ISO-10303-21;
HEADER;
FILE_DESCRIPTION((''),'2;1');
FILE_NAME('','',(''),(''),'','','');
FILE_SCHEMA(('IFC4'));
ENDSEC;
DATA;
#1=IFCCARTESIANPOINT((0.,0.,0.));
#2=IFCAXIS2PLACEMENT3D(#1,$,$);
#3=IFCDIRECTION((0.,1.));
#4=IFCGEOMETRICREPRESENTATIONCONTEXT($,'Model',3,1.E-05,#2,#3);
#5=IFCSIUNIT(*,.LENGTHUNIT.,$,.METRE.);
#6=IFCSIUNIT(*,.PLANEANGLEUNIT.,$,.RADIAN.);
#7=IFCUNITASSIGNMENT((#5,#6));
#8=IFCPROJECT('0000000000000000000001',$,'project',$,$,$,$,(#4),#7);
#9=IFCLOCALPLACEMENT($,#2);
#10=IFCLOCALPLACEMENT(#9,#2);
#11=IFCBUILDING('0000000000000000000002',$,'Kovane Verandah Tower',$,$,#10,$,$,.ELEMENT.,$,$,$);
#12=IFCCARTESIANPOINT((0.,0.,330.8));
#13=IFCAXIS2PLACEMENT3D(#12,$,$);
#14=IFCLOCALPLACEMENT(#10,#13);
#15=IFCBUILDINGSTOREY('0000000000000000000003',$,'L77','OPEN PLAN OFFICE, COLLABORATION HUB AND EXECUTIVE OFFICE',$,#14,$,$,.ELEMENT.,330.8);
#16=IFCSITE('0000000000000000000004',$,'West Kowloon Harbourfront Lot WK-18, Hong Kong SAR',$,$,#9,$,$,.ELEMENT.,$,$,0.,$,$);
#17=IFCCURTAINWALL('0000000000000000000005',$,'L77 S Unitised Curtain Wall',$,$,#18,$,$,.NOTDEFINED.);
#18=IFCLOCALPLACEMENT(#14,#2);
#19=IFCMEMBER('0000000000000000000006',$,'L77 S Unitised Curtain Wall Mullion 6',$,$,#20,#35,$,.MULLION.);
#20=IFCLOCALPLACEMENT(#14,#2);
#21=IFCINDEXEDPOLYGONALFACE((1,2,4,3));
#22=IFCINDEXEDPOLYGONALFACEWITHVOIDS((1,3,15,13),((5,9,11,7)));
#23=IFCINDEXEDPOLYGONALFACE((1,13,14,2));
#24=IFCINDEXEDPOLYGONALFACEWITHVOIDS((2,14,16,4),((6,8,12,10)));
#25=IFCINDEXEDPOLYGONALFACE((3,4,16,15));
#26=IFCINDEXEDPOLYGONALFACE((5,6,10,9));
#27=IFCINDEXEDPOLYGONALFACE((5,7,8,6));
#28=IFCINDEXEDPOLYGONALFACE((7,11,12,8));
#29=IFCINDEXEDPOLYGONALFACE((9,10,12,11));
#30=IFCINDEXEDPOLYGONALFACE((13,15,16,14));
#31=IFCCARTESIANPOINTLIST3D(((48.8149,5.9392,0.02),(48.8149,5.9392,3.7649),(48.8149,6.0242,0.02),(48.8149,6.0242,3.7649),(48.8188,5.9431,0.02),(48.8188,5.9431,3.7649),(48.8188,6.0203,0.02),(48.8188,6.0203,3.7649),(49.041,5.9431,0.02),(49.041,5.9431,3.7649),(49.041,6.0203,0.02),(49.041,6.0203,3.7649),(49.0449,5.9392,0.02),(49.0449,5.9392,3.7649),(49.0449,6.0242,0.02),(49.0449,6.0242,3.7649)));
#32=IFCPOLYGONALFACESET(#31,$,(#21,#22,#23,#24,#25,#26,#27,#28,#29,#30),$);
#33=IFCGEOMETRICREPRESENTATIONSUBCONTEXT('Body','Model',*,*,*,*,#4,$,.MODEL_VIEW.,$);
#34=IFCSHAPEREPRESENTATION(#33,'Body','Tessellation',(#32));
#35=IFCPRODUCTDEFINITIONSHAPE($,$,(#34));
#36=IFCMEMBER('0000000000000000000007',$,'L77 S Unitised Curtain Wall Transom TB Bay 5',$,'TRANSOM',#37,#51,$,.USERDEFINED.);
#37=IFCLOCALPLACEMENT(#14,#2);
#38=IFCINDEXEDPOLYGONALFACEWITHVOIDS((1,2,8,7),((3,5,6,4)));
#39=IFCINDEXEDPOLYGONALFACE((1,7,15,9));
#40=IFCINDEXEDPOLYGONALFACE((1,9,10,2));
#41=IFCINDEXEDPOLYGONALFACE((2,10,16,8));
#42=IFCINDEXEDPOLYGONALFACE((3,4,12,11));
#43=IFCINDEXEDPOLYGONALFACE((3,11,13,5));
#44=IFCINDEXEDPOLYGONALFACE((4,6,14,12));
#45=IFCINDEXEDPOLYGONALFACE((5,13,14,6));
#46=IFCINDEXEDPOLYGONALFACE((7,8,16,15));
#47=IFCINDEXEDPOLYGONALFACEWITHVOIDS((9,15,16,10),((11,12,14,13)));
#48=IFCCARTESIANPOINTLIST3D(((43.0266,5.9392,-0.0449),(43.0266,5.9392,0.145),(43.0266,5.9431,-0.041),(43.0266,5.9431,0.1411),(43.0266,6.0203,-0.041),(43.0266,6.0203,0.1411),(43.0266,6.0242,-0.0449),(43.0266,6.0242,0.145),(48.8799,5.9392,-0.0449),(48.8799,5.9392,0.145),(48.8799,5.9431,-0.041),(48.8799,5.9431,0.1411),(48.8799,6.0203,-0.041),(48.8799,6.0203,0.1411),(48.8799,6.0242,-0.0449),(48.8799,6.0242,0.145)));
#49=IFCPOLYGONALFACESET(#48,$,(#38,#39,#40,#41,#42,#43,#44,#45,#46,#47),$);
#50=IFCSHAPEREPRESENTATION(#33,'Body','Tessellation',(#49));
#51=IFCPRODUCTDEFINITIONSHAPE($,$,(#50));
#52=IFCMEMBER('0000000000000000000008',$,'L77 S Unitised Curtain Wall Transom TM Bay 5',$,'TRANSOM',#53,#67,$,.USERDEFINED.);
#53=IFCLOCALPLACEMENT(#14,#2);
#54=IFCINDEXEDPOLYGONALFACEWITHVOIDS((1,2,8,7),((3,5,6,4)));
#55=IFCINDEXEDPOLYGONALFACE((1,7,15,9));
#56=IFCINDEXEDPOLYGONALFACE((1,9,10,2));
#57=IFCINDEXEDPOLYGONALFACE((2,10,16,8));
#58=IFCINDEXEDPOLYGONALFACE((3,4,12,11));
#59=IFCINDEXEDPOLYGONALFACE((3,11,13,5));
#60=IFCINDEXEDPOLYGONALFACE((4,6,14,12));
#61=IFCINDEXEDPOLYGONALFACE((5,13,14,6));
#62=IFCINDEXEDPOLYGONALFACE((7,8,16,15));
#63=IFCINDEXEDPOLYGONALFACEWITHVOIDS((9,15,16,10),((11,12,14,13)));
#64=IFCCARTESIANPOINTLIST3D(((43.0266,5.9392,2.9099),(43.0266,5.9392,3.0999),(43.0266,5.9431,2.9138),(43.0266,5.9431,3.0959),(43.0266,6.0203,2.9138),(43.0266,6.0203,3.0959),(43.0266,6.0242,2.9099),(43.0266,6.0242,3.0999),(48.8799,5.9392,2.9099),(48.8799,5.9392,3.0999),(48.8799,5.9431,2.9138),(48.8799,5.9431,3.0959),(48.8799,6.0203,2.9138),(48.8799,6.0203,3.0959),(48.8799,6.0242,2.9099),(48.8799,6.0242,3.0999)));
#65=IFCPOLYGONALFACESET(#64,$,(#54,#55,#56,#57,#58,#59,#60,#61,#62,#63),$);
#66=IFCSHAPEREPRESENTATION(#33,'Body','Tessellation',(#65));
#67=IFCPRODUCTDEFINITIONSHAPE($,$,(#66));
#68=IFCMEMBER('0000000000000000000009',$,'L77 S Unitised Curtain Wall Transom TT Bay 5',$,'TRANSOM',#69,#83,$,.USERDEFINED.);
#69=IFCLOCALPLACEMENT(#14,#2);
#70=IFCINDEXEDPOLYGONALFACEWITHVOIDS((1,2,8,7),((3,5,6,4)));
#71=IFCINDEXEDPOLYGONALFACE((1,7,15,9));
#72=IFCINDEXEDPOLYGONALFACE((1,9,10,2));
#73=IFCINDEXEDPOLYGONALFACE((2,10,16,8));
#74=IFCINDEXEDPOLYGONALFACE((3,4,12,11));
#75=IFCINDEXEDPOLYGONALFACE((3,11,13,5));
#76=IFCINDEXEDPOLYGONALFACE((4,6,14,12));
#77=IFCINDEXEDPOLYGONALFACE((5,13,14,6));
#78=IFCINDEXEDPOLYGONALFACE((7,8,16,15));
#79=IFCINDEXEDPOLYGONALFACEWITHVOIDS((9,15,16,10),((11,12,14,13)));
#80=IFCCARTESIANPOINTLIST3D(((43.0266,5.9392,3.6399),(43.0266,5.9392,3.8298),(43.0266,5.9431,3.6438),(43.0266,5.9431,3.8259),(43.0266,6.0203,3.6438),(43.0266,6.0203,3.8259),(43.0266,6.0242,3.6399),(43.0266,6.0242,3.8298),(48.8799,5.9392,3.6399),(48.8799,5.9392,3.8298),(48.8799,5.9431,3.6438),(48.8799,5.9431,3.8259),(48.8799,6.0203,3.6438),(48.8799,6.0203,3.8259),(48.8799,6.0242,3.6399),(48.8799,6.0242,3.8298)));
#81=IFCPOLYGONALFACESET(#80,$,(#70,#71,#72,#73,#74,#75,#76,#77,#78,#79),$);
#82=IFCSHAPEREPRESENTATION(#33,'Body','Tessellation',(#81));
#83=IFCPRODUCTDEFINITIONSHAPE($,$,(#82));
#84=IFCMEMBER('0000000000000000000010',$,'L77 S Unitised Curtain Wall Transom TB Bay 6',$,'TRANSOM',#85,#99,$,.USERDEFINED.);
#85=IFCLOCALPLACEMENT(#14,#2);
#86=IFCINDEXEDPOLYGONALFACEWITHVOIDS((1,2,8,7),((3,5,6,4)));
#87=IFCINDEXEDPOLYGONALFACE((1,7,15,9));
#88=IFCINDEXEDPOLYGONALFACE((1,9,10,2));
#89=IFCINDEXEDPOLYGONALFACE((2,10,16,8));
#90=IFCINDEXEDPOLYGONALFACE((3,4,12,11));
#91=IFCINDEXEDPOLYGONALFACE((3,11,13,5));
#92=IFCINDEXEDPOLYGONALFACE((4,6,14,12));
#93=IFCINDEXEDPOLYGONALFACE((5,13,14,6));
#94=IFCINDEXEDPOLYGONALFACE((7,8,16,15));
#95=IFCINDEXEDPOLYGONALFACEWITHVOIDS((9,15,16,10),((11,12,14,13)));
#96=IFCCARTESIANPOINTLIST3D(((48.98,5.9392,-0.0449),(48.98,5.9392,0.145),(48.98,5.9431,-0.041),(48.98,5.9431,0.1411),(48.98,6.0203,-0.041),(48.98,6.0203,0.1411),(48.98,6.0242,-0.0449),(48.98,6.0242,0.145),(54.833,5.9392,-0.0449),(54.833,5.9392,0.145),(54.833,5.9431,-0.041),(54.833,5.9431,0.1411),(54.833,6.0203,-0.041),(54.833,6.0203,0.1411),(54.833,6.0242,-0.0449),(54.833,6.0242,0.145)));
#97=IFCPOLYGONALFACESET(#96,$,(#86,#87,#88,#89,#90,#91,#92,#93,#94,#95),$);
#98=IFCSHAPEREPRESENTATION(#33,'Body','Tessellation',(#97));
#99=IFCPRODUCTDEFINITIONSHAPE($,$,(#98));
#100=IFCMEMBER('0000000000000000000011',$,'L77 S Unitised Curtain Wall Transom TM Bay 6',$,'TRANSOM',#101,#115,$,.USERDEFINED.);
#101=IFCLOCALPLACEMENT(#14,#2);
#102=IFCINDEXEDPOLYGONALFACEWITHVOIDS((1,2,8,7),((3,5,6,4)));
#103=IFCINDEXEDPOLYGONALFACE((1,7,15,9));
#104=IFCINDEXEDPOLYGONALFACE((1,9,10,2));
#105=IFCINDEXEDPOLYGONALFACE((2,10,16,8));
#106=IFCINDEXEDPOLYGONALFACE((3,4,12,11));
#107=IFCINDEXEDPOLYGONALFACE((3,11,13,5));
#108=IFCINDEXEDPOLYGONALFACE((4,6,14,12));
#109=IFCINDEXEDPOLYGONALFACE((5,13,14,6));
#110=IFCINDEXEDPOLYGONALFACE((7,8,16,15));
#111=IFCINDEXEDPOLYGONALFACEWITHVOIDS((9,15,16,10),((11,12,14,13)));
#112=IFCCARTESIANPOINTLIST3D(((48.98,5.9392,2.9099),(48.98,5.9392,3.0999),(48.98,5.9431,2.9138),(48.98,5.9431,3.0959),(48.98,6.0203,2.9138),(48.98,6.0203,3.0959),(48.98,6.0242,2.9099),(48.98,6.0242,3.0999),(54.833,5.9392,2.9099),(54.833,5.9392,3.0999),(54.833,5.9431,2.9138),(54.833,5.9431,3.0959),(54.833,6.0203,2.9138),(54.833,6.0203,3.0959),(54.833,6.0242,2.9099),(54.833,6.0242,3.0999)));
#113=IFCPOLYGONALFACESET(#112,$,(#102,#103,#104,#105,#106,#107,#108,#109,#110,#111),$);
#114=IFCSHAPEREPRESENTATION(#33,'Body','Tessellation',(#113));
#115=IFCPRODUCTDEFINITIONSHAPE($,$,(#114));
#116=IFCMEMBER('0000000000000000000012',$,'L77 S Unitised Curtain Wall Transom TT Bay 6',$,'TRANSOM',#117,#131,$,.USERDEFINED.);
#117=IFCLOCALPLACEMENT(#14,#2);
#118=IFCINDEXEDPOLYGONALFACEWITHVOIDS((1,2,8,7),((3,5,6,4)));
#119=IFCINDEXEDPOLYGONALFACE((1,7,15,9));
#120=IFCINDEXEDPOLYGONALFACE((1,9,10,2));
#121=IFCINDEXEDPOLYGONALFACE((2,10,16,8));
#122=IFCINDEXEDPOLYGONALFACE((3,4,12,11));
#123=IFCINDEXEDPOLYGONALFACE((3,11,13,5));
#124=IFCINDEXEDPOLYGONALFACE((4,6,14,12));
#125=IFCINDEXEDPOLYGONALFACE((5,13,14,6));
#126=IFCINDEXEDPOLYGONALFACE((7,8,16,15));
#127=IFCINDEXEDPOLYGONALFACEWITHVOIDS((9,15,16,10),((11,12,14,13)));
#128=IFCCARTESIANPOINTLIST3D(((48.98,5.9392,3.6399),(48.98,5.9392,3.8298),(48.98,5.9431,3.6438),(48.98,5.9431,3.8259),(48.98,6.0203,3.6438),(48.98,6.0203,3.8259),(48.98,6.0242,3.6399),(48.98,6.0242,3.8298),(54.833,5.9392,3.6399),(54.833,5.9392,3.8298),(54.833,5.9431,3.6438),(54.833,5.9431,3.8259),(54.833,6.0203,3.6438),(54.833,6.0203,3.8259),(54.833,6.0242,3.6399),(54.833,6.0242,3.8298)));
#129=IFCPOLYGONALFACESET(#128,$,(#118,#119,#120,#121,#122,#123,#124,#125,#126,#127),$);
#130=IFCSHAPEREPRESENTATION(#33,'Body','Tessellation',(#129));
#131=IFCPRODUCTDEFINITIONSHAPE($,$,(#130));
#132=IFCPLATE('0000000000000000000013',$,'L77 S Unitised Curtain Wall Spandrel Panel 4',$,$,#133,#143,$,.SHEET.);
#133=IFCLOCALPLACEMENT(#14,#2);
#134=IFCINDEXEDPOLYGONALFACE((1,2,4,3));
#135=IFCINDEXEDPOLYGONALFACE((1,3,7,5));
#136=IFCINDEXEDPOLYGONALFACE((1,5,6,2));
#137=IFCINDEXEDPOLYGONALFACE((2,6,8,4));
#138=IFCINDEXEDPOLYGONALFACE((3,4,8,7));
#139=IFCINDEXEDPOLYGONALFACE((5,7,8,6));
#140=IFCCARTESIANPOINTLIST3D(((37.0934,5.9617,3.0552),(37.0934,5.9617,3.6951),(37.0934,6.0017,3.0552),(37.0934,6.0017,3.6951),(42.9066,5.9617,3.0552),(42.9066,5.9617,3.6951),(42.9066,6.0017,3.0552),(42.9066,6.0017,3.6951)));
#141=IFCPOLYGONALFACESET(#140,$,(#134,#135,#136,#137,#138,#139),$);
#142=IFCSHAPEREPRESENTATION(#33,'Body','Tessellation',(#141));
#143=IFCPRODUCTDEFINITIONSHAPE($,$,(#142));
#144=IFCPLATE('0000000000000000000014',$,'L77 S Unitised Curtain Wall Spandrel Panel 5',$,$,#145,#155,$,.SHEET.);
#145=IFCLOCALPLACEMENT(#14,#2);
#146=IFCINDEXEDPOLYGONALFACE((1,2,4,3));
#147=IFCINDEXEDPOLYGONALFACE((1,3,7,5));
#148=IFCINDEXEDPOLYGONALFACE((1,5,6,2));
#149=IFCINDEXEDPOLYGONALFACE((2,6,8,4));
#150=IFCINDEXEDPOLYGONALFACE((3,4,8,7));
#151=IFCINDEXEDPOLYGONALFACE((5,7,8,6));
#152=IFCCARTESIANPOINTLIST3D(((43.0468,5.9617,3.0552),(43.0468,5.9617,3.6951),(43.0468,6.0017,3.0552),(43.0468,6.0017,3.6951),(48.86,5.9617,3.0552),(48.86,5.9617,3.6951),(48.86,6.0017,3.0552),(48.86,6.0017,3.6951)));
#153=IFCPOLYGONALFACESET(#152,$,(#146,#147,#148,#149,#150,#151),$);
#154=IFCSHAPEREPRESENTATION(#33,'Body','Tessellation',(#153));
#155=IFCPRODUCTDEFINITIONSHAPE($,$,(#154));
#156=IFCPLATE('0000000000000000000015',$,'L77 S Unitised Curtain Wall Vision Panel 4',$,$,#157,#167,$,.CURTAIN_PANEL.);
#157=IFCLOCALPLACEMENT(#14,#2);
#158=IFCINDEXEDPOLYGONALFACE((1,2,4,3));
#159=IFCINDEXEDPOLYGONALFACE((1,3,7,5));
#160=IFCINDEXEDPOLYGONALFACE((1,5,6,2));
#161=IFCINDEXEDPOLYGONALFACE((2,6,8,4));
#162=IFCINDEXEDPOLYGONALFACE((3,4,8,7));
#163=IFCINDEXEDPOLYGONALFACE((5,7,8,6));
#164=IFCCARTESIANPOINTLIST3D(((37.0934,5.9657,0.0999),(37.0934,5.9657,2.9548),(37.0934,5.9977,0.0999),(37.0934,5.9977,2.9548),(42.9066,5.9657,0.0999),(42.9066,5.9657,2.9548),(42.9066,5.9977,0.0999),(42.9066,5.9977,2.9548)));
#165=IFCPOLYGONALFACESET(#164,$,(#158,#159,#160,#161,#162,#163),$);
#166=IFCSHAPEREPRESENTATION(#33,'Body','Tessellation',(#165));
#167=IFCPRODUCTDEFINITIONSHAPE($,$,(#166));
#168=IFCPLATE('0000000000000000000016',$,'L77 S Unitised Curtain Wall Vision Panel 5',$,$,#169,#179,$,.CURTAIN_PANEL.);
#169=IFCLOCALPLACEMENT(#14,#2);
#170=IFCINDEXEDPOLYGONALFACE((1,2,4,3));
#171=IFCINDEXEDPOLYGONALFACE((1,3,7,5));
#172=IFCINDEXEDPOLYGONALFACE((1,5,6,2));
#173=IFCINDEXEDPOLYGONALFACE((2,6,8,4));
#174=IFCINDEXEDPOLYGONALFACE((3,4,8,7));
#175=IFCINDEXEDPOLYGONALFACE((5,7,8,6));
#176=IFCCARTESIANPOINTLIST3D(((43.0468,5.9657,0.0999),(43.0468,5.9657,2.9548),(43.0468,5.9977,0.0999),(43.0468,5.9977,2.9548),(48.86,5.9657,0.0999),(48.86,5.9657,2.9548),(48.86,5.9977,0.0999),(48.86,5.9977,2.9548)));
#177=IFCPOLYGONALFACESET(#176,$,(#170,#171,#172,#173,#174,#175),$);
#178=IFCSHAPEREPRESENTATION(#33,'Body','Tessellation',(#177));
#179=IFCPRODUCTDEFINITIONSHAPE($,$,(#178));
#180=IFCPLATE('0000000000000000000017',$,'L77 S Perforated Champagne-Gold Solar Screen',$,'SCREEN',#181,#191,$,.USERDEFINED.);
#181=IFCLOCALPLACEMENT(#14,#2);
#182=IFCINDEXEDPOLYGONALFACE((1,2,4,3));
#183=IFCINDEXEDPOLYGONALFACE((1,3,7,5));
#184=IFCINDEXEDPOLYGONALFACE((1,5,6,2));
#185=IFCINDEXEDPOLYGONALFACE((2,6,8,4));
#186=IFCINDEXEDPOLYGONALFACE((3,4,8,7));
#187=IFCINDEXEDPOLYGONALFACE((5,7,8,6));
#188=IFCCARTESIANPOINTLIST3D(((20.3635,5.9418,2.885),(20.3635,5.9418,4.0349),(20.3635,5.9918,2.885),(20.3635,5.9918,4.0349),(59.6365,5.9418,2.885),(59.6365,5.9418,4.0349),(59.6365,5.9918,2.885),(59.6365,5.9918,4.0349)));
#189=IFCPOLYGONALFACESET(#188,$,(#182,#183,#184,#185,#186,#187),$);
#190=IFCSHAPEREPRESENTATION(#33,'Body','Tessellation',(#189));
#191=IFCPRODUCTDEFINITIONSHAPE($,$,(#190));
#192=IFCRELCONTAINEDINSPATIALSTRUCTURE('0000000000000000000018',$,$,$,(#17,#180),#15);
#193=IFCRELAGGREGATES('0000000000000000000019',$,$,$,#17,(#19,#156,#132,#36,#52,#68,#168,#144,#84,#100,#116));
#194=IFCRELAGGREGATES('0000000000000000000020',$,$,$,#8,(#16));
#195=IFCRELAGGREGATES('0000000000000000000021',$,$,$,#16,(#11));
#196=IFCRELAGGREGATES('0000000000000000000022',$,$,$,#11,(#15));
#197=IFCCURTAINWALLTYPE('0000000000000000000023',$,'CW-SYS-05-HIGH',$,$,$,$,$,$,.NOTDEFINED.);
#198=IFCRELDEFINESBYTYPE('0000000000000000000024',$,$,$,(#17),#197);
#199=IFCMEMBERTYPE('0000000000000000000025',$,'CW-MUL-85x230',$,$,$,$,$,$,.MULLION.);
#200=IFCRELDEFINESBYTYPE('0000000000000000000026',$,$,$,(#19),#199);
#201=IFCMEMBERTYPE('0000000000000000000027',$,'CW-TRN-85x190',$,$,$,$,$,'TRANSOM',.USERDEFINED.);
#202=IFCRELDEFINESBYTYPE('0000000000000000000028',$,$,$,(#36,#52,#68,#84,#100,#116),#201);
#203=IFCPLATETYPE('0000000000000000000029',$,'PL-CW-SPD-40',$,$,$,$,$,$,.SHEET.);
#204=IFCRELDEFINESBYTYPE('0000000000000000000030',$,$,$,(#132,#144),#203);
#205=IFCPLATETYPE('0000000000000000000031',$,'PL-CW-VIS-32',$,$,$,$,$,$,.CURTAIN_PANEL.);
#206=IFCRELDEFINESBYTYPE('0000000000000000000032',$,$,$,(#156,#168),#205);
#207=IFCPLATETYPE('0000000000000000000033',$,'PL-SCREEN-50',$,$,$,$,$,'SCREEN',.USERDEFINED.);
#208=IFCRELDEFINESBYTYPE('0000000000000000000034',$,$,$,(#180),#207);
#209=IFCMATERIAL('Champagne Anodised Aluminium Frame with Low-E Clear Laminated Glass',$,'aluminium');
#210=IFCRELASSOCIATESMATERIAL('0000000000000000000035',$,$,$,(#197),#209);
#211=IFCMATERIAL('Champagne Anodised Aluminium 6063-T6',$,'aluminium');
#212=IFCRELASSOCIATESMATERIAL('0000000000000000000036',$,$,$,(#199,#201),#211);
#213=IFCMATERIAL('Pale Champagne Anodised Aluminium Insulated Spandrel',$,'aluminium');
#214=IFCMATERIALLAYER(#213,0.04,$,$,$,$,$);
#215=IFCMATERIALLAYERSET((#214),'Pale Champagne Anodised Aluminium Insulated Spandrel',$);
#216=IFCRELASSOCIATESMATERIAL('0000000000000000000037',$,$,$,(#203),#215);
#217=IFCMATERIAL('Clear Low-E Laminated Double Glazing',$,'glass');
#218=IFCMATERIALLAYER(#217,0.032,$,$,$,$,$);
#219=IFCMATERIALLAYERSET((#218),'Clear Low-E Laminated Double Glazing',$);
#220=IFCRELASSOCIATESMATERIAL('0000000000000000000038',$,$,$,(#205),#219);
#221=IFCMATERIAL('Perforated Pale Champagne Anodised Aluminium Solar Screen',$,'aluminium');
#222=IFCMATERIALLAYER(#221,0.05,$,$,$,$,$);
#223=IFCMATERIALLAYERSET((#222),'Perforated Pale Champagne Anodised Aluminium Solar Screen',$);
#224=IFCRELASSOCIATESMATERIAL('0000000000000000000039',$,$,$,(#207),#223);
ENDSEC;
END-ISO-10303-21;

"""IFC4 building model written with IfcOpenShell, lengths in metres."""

from ifc_helpers import new_model, si_unit, direction, frame, origin, origin_2d, place, context, subcontext, project, spatial, rectangle, hollow_rectangle, extrude, material, layer, layer_set, material_profile, profile_set, type_object, element, aggregate, save


model = new_model("IFC4")

# Units and contexts
model_context = context("Model", 3, precision=1e-05, world=origin(), true_north=direction((0.0, 1.0)))
body_context = subcontext(model_context, "Body", "Model", "MODEL_VIEW")
ifc_project = project(units=[si_unit("LENGTHUNIT", "METRE"), si_unit("PLANEANGLEUNIT", "RADIAN")], contexts=[model_context])

# Site, building, storey
site_placement = place(None, origin())
site = spatial("IfcSite", under=ifc_project, at=site_placement, Name="West Kowloon Harbourfront Lot WK-18, Hong Kong SAR", CompositionType="ELEMENT", RefElevation=0.0)
building_placement = place(site_placement, origin())
building = spatial("IfcBuilding", under=site, at=building_placement, Name="Kovane Verandah Tower", CompositionType="ELEMENT")
storey_placement = place(building_placement, frame((0.0, 0.0, 330.8)))
storey = spatial("IfcBuildingStorey", under=building, at=storey_placement, Name="L77", Description="OPEN PLAN OFFICE, COLLABORATION HUB AND EXECUTIVE OFFICE", CompositionType="ELEMENT", Elevation=330.8)

# Curtain wall, members, plates
ifc_material_1 = material(Name="Champagne Anodised Aluminium Frame with Low-E Clear Laminated Glass", Category="aluminium")
curtain_wall_type = type_object("IfcCurtainWallType", Name="CW-SYS-05-HIGH", PredefinedType="NOTDEFINED", material=ifc_material_1)
curtain_wall_placement = place(storey_placement, origin())
curtain_wall = element("IfcCurtainWall", 1, at=curtain_wall_placement, inside=storey, type_object=curtain_wall_type, Name="L77 S Unitised Curtain Wall", PredefinedType="NOTDEFINED")
ifc_material_2 = material(Name="Champagne Anodised Aluminium 6063-T6", Category="aluminium")
ifc_material_profile_1 = material_profile(ifc_material_2, hollow_rectangle(XDim=0.085, YDim=0.23, WallThickness=0.0039, at=origin_2d()), Name="AL85x230x4")
ifc_profile_set_1 = profile_set([ifc_material_profile_1], Name="Champagne Anodised Aluminium 6063-T6")
member_type_1 = type_object("IfcMemberType", Name="CW-MUL-85x230", PredefinedType="MULLION", material=ifc_profile_set_1)
member_1_placement = place(storey_placement, frame((48.9299, 5.9817, 0.02), z_axis=(0.0, 0.0, 1.0), x_axis=(0.0, -1.0, 0.0)))
member_1 = element("IfcMember", 2, at=member_1_placement, type_object=member_type_1, Name="L77 S Unitised Curtain Wall Mullion 6", PredefinedType="MULLION", context=body_context, shape_type="SweptSolid", body=[
    extrude(hollow_rectangle(XDim=0.085, YDim=0.23, WallThickness=0.0039, at=origin_2d()), origin(), (0.0, 0.0, 1.0), 3.7449),
])
ifc_material_profile_2 = material_profile(ifc_material_2, hollow_rectangle(XDim=0.085, YDim=0.1899, WallThickness=0.0039, at=origin_2d()), Name="AL85x190x4")
ifc_profile_set_2 = profile_set([ifc_material_profile_2], Name="Champagne Anodised Aluminium 6063-T6")
member_type_2 = type_object("IfcMemberType", Name="CW-TRN-85x190", ElementType="TRANSOM", PredefinedType="USERDEFINED", material=ifc_profile_set_2)
member_2_placement = place(storey_placement, frame((43.0266, 5.9817, 0.05), z_axis=(1.0, 0.0, 0.0), x_axis=(0.0, 1.0, 0.0)))
member_2 = element("IfcMember", 3, at=member_2_placement, type_object=member_type_2, Name="L77 S Unitised Curtain Wall Transom TB Bay 5", ObjectType="TRANSOM", PredefinedType="USERDEFINED", context=body_context, shape_type="SweptSolid", body=[
    extrude(hollow_rectangle(XDim=0.085, YDim=0.1899, WallThickness=0.0039, at=origin_2d()), origin(), (0.0, 0.0, 1.0), 5.8533),
])
member_3_placement = place(storey_placement, frame((43.0266, 5.9817, 3.0049), z_axis=(1.0, 0.0, 0.0), x_axis=(0.0, 1.0, 0.0)))
member_3 = element("IfcMember", 4, at=member_3_placement, type_object=member_type_2, Name="L77 S Unitised Curtain Wall Transom TM Bay 5", ObjectType="TRANSOM", PredefinedType="USERDEFINED", context=body_context, shape_type="SweptSolid", body=[
    extrude(hollow_rectangle(XDim=0.085, YDim=0.1899, WallThickness=0.0039, at=origin_2d()), origin(), (0.0, 0.0, 1.0), 5.8533),
])
member_4_placement = place(storey_placement, frame((43.0266, 5.9817, 3.7349), z_axis=(1.0, 0.0, 0.0), x_axis=(0.0, 1.0, 0.0)))
member_4 = element("IfcMember", 5, at=member_4_placement, type_object=member_type_2, Name="L77 S Unitised Curtain Wall Transom TT Bay 5", ObjectType="TRANSOM", PredefinedType="USERDEFINED", context=body_context, shape_type="SweptSolid", body=[
    extrude(hollow_rectangle(XDim=0.085, YDim=0.1899, WallThickness=0.0039, at=origin_2d()), origin(), (0.0, 0.0, 1.0), 5.8533),
])
member_5_placement = place(storey_placement, frame((48.98, 5.9817, 0.05), z_axis=(1.0, 0.0, 0.0), x_axis=(0.0, 1.0, 0.0)))
member_5 = element("IfcMember", 6, at=member_5_placement, type_object=member_type_2, Name="L77 S Unitised Curtain Wall Transom TB Bay 6", ObjectType="TRANSOM", PredefinedType="USERDEFINED", context=body_context, shape_type="SweptSolid", body=[
    extrude(hollow_rectangle(XDim=0.085, YDim=0.1899, WallThickness=0.0039, at=origin_2d()), origin(), (0.0, 0.0, 1.0), 5.853),
])
member_6_placement = place(storey_placement, frame((48.98, 5.9817, 3.0049), z_axis=(1.0, 0.0, 0.0), x_axis=(0.0, 1.0, 0.0)))
member_6 = element("IfcMember", 7, at=member_6_placement, type_object=member_type_2, Name="L77 S Unitised Curtain Wall Transom TM Bay 6", ObjectType="TRANSOM", PredefinedType="USERDEFINED", context=body_context, shape_type="SweptSolid", body=[
    extrude(hollow_rectangle(XDim=0.085, YDim=0.1899, WallThickness=0.0039, at=origin_2d()), origin(), (0.0, 0.0, 1.0), 5.853),
])
member_7_placement = place(storey_placement, frame((48.98, 5.9817, 3.7349), z_axis=(1.0, 0.0, 0.0), x_axis=(0.0, 1.0, 0.0)))
member_7 = element("IfcMember", 8, at=member_7_placement, type_object=member_type_2, Name="L77 S Unitised Curtain Wall Transom TT Bay 6", ObjectType="TRANSOM", PredefinedType="USERDEFINED", context=body_context, shape_type="SweptSolid", body=[
    extrude(hollow_rectangle(XDim=0.085, YDim=0.1899, WallThickness=0.0039, at=origin_2d()), origin(), (0.0, 0.0, 1.0), 5.853),
])
ifc_material_3 = material(Name="Pale Champagne Anodised Aluminium Insulated Spandrel", Category="aluminium")
ifc_layer_1 = layer(ifc_material_3, 0.04)
ifc_layer_set_1 = layer_set([ifc_layer_1], Name="Pale Champagne Anodised Aluminium Insulated Spandrel")
plate_type_1 = type_object("IfcPlateType", Name="PL-CW-SPD-40", PredefinedType="SHEET", material=ifc_layer_set_1)
plate_1_placement = place(storey_placement, frame((40.0, 5.9817, 3.0552), z_axis=(0.0, 0.0, 1.0), x_axis=(1.0, 0.0, 0.0)))
plate_1 = element("IfcPlate", 9, at=plate_1_placement, type_object=plate_type_1, Name="L77 S Unitised Curtain Wall Spandrel Panel 4", PredefinedType="SHEET", context=body_context, shape_type="SweptSolid", body=[
    extrude(rectangle(XDim=5.8132, YDim=0.04, at=origin_2d()), origin(), (0.0, 0.0, 1.0), 0.6399),
])
plate_2_placement = place(storey_placement, frame((45.9534, 5.9817, 3.0552), z_axis=(0.0, 0.0, 1.0), x_axis=(1.0, 0.0, 0.0)))
plate_2 = element("IfcPlate", 10, at=plate_2_placement, type_object=plate_type_1, Name="L77 S Unitised Curtain Wall Spandrel Panel 5", PredefinedType="SHEET", context=body_context, shape_type="SweptSolid", body=[
    extrude(rectangle(XDim=5.8132, YDim=0.04, at=origin_2d()), origin(), (0.0, 0.0, 1.0), 0.6399),
])
ifc_material_4 = material(Name="Clear Low-E Laminated Double Glazing", Category="glass")
ifc_layer_2 = layer(ifc_material_4, 0.032)
ifc_layer_set_2 = layer_set([ifc_layer_2], Name="Clear Low-E Laminated Double Glazing")
plate_type_2 = type_object("IfcPlateType", Name="PL-CW-VIS-32", PredefinedType="CURTAIN_PANEL", material=ifc_layer_set_2)
plate_3_placement = place(storey_placement, frame((40.0, 5.9817, 0.0999), z_axis=(0.0, 0.0, 1.0), x_axis=(1.0, 0.0, 0.0)))
plate_3 = element("IfcPlate", 11, at=plate_3_placement, type_object=plate_type_2, Name="L77 S Unitised Curtain Wall Vision Panel 4", PredefinedType="CURTAIN_PANEL", context=body_context, shape_type="SweptSolid", body=[
    extrude(rectangle(XDim=5.8132, YDim=0.032, at=origin_2d()), origin(), (0.0, 0.0, 1.0), 2.855),
])
plate_4_placement = place(storey_placement, frame((45.9534, 5.9817, 0.0999), z_axis=(0.0, 0.0, 1.0), x_axis=(1.0, 0.0, 0.0)))
plate_4 = element("IfcPlate", 12, at=plate_4_placement, type_object=plate_type_2, Name="L77 S Unitised Curtain Wall Vision Panel 5", PredefinedType="CURTAIN_PANEL", context=body_context, shape_type="SweptSolid", body=[
    extrude(rectangle(XDim=5.8132, YDim=0.032, at=origin_2d()), origin(), (0.0, 0.0, 1.0), 2.855),
])
aggregate(curtain_wall, [member_1, plate_3, plate_1, member_2, member_3, member_4, plate_4, plate_2, member_5, member_6, member_7])

# Plate
ifc_material_5 = material(Name="Perforated Pale Champagne Anodised Aluminium Solar Screen", Category="aluminium")
ifc_layer_3 = layer(ifc_material_5, 0.05)
ifc_layer_set_3 = layer_set([ifc_layer_3], Name="Perforated Pale Champagne Anodised Aluminium Solar Screen")
plate_type_3 = type_object("IfcPlateType", Name="PL-SCREEN-50", ElementType="SCREEN", PredefinedType="USERDEFINED", material=ifc_layer_set_3)
plate_5_placement = place(storey_placement, frame((40.0, 5.9668, 2.885), z_axis=(0.0, 0.0, 1.0), x_axis=(1.0, 0.0, 0.0)))
element("IfcPlate", 13, at=plate_5_placement, inside=storey, type_object=plate_type_3, Name="L77 S Perforated Champagne-Gold Solar Screen", ObjectType="SCREEN", PredefinedType="USERDEFINED", context=body_context, shape_type="SweptSolid", body=[
    extrude(rectangle(XDim=39.2729, YDim=0.05, at=origin_2d()), origin(), (0.0, 0.0, 1.0), 1.1499),
])

save(model, "model.ifc")
